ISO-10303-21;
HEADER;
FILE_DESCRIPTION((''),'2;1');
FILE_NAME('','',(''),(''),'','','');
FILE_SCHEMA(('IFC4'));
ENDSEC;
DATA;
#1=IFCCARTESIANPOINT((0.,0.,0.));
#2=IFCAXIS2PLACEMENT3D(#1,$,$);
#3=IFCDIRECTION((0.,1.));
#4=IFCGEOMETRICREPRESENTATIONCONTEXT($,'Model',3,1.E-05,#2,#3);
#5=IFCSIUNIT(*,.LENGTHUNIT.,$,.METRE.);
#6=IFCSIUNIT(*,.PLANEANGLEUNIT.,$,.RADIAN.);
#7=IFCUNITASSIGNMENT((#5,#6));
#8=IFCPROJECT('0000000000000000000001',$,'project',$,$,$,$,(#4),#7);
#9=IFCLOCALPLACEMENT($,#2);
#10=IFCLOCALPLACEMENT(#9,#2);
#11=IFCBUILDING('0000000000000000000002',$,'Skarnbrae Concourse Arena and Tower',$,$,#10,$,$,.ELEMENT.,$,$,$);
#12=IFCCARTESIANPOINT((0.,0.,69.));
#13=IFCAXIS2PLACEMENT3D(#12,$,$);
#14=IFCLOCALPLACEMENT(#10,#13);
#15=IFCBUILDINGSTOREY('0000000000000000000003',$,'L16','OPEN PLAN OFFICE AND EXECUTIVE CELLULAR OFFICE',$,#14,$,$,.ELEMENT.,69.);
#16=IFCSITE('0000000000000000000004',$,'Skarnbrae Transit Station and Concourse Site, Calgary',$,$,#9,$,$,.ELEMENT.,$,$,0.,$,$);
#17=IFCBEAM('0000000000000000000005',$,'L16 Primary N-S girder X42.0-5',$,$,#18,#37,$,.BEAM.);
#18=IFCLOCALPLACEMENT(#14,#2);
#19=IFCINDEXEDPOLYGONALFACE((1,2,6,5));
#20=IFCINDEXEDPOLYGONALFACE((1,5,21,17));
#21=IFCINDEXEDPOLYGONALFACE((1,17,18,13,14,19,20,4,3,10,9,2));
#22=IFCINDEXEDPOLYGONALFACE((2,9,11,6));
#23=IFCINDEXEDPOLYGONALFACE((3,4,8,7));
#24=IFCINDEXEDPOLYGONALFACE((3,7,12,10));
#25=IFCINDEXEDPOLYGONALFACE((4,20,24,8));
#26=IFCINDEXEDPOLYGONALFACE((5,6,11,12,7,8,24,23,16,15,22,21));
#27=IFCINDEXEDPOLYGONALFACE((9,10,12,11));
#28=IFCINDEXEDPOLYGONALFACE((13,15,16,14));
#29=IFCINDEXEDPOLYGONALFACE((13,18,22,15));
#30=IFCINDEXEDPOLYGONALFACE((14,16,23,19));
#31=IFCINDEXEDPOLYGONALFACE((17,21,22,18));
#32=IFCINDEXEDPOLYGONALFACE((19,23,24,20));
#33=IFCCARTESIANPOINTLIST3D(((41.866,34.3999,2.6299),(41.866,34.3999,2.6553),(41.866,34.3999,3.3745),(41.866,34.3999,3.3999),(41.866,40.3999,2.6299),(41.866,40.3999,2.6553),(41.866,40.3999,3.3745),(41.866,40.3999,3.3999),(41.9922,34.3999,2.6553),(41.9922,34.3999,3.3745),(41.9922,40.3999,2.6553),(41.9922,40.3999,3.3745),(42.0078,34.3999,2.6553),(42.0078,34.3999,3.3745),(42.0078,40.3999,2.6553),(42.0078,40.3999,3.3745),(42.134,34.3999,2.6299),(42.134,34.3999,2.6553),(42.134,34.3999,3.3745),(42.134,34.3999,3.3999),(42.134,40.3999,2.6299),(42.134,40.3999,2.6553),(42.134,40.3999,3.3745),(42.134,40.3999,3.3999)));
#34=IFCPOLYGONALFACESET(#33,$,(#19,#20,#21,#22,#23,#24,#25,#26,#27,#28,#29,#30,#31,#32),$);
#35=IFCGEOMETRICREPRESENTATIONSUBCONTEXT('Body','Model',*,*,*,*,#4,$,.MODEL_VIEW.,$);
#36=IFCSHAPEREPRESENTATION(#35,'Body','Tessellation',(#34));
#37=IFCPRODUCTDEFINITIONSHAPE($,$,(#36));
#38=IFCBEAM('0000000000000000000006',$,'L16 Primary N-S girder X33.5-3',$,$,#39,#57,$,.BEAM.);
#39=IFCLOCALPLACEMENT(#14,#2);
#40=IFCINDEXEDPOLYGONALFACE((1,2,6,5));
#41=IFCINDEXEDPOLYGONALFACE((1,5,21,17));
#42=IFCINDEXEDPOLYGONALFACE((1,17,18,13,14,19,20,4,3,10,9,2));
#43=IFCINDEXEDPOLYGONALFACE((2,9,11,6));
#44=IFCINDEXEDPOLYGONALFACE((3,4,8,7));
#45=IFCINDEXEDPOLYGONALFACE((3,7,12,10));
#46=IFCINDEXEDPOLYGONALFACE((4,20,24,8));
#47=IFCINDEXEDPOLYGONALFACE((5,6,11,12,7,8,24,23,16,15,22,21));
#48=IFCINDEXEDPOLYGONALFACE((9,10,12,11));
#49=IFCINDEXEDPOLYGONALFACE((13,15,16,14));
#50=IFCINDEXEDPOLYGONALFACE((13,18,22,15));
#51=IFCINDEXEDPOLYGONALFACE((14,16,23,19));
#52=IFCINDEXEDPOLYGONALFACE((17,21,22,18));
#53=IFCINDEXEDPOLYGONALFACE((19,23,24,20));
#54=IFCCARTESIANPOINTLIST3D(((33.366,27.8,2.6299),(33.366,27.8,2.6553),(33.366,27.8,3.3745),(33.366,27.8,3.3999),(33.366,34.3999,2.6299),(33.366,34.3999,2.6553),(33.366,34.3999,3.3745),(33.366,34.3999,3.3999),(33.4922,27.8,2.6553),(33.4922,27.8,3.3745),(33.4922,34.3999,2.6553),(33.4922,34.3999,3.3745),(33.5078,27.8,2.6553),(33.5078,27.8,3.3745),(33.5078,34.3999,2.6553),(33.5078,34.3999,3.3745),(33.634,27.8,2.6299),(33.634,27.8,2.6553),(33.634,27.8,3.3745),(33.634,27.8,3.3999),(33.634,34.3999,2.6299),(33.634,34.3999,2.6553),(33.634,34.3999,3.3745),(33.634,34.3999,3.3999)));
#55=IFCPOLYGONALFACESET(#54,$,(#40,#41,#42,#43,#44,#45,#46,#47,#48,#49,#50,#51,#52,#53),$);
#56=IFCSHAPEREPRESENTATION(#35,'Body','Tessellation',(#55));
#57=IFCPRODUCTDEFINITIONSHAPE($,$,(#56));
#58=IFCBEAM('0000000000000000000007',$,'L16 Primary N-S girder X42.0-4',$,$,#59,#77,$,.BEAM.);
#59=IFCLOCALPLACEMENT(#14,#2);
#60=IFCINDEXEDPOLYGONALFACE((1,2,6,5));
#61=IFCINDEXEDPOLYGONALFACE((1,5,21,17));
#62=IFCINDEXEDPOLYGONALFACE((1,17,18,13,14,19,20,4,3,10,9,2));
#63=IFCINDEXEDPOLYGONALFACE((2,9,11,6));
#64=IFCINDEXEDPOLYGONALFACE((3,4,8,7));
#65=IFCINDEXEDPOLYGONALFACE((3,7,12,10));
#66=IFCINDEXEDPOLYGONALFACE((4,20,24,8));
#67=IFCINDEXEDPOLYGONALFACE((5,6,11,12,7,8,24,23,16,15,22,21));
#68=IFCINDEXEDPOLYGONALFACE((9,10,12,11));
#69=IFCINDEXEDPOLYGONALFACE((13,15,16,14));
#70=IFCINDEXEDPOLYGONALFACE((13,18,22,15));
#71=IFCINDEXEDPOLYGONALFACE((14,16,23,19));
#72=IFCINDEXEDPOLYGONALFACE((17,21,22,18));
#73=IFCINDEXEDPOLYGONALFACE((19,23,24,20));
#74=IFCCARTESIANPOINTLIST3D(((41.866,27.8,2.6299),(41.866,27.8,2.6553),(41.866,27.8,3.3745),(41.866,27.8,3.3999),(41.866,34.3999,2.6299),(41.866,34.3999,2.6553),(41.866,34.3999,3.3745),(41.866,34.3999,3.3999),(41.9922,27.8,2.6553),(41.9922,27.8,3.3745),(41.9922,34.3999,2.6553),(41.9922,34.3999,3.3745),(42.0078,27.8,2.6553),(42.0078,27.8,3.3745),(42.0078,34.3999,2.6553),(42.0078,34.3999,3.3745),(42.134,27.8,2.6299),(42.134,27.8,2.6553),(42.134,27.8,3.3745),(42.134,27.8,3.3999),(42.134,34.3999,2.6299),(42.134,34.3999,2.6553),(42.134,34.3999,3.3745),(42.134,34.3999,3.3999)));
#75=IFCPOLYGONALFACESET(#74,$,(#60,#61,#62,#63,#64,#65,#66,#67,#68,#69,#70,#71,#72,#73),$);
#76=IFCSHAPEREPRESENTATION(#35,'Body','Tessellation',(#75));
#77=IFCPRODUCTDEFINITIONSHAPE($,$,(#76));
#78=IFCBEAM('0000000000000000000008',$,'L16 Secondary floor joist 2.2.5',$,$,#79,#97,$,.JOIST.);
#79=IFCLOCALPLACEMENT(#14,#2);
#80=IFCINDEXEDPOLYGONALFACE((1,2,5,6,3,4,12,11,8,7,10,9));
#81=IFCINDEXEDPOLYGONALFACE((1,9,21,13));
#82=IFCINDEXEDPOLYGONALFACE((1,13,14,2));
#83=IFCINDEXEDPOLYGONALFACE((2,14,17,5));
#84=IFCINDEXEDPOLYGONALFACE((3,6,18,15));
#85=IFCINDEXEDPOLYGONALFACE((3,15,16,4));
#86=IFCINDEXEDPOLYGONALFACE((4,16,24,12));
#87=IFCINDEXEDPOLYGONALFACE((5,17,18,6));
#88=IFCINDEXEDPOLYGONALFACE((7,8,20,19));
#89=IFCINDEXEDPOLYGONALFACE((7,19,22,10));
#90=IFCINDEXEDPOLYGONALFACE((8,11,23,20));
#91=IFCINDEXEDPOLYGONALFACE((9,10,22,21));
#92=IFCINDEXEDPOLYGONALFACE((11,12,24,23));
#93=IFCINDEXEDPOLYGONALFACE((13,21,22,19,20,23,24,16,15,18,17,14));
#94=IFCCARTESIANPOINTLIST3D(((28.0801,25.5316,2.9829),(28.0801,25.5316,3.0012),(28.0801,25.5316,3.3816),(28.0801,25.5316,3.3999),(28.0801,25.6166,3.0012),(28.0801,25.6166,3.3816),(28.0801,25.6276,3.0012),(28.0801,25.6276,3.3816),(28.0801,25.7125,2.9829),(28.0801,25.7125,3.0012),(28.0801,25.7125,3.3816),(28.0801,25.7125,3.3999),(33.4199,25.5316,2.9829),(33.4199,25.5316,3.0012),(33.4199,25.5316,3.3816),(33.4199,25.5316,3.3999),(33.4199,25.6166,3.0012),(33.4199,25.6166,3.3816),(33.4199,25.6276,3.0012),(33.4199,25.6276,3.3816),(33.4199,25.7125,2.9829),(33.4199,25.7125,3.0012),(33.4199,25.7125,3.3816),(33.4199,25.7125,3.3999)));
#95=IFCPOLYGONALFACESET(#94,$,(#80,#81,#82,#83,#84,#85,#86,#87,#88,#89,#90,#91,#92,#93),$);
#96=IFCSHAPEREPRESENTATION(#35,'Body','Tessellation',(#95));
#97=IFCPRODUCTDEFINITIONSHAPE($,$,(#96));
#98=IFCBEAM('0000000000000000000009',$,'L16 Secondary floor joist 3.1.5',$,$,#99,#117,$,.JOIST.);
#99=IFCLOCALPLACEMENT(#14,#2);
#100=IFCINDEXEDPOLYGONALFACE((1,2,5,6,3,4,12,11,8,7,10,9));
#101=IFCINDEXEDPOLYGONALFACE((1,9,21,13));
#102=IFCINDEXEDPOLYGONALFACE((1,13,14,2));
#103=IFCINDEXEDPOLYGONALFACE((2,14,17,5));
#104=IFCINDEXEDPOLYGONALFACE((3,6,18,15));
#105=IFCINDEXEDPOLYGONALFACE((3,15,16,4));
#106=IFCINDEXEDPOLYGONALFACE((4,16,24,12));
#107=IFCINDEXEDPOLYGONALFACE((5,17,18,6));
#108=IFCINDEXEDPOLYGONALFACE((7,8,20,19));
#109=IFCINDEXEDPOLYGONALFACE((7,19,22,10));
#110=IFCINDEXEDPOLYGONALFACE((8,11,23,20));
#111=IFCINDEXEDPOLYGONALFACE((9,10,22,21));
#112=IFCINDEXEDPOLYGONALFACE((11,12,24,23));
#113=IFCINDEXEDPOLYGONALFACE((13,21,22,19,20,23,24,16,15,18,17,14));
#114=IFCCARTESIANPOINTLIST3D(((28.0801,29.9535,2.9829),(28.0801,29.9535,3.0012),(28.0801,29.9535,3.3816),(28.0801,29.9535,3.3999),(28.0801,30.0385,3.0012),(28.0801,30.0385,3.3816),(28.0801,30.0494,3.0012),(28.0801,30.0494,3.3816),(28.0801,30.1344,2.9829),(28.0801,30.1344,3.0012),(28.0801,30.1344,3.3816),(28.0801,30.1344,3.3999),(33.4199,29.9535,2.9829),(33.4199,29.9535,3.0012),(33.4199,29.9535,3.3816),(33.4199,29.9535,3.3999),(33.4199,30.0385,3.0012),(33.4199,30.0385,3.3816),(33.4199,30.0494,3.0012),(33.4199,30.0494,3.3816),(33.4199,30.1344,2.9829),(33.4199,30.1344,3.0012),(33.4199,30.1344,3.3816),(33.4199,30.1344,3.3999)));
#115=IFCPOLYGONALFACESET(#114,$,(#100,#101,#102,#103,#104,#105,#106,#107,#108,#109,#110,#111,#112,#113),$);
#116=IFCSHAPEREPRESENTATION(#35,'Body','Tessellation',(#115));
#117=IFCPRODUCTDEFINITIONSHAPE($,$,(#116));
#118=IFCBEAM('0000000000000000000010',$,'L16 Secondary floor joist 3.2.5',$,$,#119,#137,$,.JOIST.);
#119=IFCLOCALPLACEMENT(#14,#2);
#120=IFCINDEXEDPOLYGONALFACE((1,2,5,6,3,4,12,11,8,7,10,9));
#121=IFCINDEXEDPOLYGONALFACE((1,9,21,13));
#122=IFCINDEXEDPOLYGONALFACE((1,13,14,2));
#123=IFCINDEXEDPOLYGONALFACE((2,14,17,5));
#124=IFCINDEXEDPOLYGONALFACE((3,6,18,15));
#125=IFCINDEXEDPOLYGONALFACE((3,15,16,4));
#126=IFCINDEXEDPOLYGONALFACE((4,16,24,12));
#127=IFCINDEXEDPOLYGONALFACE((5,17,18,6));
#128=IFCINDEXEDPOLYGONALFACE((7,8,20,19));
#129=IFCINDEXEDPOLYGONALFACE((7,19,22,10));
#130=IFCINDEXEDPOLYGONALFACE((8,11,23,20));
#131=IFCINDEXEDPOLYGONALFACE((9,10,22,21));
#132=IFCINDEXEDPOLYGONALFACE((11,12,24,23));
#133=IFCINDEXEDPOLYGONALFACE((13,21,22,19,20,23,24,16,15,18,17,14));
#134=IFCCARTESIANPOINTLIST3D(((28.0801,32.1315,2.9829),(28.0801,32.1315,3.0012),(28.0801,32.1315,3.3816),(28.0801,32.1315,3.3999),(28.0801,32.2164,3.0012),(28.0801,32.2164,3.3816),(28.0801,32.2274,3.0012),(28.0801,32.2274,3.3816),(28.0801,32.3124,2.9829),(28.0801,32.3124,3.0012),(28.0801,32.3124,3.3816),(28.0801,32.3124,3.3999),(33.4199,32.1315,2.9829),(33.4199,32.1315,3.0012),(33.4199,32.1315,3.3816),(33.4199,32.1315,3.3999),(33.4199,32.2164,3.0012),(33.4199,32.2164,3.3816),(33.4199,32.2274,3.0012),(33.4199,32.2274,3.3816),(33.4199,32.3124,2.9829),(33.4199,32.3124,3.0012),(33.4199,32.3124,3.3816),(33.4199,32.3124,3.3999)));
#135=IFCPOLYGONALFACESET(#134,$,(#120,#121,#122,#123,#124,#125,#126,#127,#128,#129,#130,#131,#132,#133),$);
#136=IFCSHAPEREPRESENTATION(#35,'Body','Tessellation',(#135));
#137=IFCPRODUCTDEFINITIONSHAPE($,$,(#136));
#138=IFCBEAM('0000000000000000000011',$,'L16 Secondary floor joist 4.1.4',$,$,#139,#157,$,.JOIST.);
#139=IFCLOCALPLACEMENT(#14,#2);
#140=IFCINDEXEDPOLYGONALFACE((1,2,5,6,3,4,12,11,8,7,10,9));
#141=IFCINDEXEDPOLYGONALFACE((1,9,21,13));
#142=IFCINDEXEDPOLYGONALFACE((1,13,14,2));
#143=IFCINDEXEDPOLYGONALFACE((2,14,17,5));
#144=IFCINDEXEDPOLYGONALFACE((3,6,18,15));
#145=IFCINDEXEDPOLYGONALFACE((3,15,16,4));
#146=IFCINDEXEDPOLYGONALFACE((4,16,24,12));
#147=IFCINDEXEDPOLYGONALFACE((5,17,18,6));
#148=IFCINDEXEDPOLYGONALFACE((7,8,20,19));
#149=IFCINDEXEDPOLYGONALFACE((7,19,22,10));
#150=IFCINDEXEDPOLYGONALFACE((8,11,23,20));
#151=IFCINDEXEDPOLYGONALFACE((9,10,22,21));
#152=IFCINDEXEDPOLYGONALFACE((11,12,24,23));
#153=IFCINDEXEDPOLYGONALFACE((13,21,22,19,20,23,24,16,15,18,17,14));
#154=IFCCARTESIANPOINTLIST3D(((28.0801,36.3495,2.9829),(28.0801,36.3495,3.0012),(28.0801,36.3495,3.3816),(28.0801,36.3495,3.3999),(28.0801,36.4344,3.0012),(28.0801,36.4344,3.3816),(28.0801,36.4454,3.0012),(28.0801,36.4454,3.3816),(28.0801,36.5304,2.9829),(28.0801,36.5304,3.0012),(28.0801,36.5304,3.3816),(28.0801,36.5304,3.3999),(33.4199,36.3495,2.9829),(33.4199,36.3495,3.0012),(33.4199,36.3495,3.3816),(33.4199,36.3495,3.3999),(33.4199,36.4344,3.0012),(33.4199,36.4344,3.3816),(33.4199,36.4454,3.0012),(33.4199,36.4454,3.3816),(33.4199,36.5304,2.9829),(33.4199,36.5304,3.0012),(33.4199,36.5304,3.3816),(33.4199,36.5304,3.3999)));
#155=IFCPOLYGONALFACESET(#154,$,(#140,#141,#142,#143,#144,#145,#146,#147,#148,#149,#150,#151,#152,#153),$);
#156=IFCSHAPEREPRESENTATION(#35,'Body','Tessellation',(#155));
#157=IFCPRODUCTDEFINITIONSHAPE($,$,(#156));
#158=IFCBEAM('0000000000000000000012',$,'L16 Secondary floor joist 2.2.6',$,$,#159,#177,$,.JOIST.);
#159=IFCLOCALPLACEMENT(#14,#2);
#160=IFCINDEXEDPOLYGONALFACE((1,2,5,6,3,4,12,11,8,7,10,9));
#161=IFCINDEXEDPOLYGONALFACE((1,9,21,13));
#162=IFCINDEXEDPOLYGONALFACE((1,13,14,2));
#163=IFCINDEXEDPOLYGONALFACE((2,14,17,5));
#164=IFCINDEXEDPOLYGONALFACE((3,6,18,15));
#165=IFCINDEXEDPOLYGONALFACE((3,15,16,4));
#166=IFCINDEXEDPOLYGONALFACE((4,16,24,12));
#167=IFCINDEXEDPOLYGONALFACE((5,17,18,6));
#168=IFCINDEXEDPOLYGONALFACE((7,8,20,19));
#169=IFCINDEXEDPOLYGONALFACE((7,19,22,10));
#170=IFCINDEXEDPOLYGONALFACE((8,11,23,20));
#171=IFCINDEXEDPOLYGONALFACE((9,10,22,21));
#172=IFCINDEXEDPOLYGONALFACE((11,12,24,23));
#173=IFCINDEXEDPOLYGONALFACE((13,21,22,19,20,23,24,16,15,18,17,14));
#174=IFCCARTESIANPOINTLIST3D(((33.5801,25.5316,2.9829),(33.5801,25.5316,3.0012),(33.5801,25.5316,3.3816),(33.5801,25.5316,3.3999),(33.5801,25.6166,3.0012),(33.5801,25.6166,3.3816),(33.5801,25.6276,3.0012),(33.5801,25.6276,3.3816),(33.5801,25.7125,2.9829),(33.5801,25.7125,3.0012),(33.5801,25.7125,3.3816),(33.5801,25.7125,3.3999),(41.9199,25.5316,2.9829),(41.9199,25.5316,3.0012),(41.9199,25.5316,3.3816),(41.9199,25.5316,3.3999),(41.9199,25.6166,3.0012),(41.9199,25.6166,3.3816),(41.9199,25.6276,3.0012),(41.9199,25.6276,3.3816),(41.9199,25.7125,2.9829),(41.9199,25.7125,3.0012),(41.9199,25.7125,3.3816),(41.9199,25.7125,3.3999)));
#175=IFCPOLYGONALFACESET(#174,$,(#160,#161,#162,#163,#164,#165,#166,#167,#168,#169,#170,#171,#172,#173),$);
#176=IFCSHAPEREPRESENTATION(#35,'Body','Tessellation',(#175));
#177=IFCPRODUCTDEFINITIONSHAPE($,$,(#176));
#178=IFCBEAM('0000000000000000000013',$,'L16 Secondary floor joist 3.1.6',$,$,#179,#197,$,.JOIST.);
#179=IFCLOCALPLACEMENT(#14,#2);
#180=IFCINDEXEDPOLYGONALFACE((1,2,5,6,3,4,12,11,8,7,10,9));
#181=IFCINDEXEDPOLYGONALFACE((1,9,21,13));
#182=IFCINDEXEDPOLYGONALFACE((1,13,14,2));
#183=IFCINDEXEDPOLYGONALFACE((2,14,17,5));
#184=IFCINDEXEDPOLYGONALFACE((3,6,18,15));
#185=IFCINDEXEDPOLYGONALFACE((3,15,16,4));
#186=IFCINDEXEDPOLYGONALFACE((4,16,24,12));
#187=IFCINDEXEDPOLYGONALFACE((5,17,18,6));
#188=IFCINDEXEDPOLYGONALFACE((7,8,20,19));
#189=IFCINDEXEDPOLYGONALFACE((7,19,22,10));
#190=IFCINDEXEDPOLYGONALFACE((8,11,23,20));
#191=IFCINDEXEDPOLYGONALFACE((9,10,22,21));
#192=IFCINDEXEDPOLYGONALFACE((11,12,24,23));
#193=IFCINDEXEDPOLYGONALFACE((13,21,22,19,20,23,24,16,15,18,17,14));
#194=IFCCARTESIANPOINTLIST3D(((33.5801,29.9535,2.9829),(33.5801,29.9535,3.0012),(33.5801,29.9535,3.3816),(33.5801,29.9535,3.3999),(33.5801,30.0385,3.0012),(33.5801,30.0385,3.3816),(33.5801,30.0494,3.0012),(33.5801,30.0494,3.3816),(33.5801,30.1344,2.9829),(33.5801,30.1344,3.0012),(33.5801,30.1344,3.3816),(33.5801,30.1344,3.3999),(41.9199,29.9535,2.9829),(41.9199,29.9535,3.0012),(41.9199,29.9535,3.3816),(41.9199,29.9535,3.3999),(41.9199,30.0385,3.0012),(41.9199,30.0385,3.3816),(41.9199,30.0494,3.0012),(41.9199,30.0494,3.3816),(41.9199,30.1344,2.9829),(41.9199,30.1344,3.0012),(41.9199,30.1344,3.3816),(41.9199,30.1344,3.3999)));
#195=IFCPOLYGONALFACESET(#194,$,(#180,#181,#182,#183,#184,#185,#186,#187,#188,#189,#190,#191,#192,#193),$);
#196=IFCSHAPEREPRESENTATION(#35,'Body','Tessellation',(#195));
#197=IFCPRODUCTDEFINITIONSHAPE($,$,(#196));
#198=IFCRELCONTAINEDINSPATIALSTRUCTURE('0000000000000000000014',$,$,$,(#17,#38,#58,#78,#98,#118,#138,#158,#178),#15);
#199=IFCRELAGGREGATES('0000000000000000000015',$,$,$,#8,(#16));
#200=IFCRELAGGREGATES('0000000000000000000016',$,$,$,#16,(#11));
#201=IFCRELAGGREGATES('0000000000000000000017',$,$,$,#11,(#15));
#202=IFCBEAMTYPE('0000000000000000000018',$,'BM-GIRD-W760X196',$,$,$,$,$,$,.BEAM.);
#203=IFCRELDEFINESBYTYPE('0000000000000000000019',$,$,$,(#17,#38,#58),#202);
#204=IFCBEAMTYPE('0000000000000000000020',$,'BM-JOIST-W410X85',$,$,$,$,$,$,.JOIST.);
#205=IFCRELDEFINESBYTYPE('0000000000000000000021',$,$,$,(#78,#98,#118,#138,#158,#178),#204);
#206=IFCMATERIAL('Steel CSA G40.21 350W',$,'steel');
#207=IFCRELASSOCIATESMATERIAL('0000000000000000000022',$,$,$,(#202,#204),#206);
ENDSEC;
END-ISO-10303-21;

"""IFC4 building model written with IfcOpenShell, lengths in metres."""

from ifc_helpers import new_model, si_unit, direction, frame, origin, origin_2d, place, context, subcontext, project, spatial, i_section, extrude, source, transform, mapped, material, material_profile, profile_set, type_object, element, save


model = new_model("IFC4")

# Units and contexts
model_context = context("Model", 3, precision=1e-05, world=origin(), true_north=direction((0.0, 1.0)))
body_context = subcontext(model_context, "Body", "Model", "MODEL_VIEW")
ifc_project = project(units=[si_unit("LENGTHUNIT", "METRE"), si_unit("PLANEANGLEUNIT", "RADIAN")], contexts=[model_context])

# Site, building, storey
site_placement = place(None, origin())
site = spatial("IfcSite", under=ifc_project, at=site_placement, Name="Skarnbrae Transit Station and Concourse Site, Calgary", CompositionType="ELEMENT", RefElevation=0.0)
building_placement = place(site_placement, origin())
building = spatial("IfcBuilding", under=site, at=building_placement, Name="Skarnbrae Concourse Arena and Tower", CompositionType="ELEMENT")
storey_placement = place(building_placement, frame((0.0, 0.0, 69.0)))
storey = spatial("IfcBuildingStorey", under=building, at=storey_placement, Name="L16", Description="OPEN PLAN OFFICE AND EXECUTIVE CELLULAR OFFICE", CompositionType="ELEMENT", Elevation=69.0)

# Shared definitions
ifc_material_1 = material(Name="Steel CSA G40.21 350W", Category="steel")

# Beams
ifc_material_profile_1 = material_profile(ifc_material_1, i_section(OverallWidth=0.2681, OverallDepth=0.77, WebThickness=0.0156, FlangeThickness=0.0254, at=origin_2d()), Name="W760X196")
ifc_profile_set_1 = profile_set([ifc_material_profile_1], Name="Steel CSA G40.21 350W")
beam_type_1 = type_object("IfcBeamType", Name="BM-GIRD-W760X196", PredefinedType="BEAM", material=ifc_profile_set_1)
shared_shape_1 = source(origin(), body_context, "Body", "SweptSolid", [
    extrude(i_section(OverallWidth=0.2681, OverallDepth=0.77, WebThickness=0.0156, FlangeThickness=0.0254, at=origin_2d()), origin(), (0.0, 0.0, 1.0), 6.0),
])
for number, where, z_axis, x_axis, name in (
    (1, (42.0, 34.3999, 3.0149), (0.0, 1.0, 0.0), (-1.0, 0.0, 0.0), "L16 Primary N-S girder X42.0-5"),
):
    element("IfcBeam", number, at=place(storey_placement, frame(where, z_axis=z_axis, x_axis=x_axis)), inside=storey, type_object=beam_type_1, Name=name, PredefinedType="BEAM", context=body_context, shape_type="MappedRepresentation", body=[
        mapped(shared_shape_1, transform((0.0, 0.0, 0.0))),
    ])
shared_shape_2 = source(origin(), body_context, "Body", "SweptSolid", [
    extrude(i_section(OverallWidth=0.2681, OverallDepth=0.77, WebThickness=0.0156, FlangeThickness=0.0254, at=origin_2d()), origin(), (0.0, 0.0, 1.0), 6.5999),
])
for number, where, z_axis, x_axis, name in (
    (2, (33.5, 27.8, 3.0149), (0.0, 1.0, 0.0), (-1.0, 0.0, 0.0), "L16 Primary N-S girder X33.5-3"),
    (3, (42.0, 27.8, 3.0149), (0.0, 1.0, 0.0), (-1.0, 0.0, 0.0), "L16 Primary N-S girder X42.0-4"),
):
    element("IfcBeam", number, at=place(storey_placement, frame(where, z_axis=z_axis, x_axis=x_axis)), inside=storey, type_object=beam_type_1, Name=name, PredefinedType="BEAM", context=body_context, shape_type="MappedRepresentation", body=[
        mapped(shared_shape_2, transform((0.0, 0.0, 0.0))),
    ])
ifc_material_profile_2 = material_profile(ifc_material_1, i_section(OverallWidth=0.1809, OverallDepth=0.417, WebThickness=0.011, FlangeThickness=0.0183, at=origin_2d()), Name="W410X85")
ifc_profile_set_2 = profile_set([ifc_material_profile_2], Name="Steel CSA G40.21 350W")
beam_type_2 = type_object("IfcBeamType", Name="BM-JOIST-W410X85", PredefinedType="JOIST", material=ifc_profile_set_2)
shared_shape_3 = source(origin(), body_context, "Body", "SweptSolid", [
    extrude(i_section(OverallWidth=0.1809, OverallDepth=0.417, WebThickness=0.011, FlangeThickness=0.0183, at=origin_2d()), origin(), (0.0, 0.0, 1.0), 5.3398),
])
for number, where, z_axis, x_axis, name in (
    (4, (28.0801, 25.6221, 3.1914), (1.0, 0.0, 0.0), (0.0, 1.0, 0.0), "L16 Secondary floor joist 2.2.5"),
    (5, (28.0801, 30.0439, 3.1914), (1.0, 0.0, 0.0), (0.0, 1.0, 0.0), "L16 Secondary floor joist 3.1.5"),
    (6, (28.0801, 32.2219, 3.1914), (1.0, 0.0, 0.0), (0.0, 1.0, 0.0), "L16 Secondary floor joist 3.2.5"),
    (7, (28.0801, 36.4399, 3.1914), (1.0, 0.0, 0.0), (0.0, 1.0, 0.0), "L16 Secondary floor joist 4.1.4"),
):
    element("IfcBeam", number, at=place(storey_placement, frame(where, z_axis=z_axis, x_axis=x_axis)), inside=storey, type_object=beam_type_2, Name=name, PredefinedType="JOIST", context=body_context, shape_type="MappedRepresentation", body=[
        mapped(shared_shape_3, transform((0.0, 0.0, 0.0))),
    ])
shared_shape_4 = source(origin(), body_context, "Body", "SweptSolid", [
    extrude(i_section(OverallWidth=0.1809, OverallDepth=0.417, WebThickness=0.011, FlangeThickness=0.0183, at=origin_2d()), origin(), (0.0, 0.0, 1.0), 8.3398),
])
for number, where, z_axis, x_axis, name in (
    (8, (33.5801, 25.6221, 3.1914), (1.0, 0.0, 0.0), (0.0, 1.0, 0.0), "L16 Secondary floor joist 2.2.6"),
    (9, (33.5801, 30.0439, 3.1914), (1.0, 0.0, 0.0), (0.0, 1.0, 0.0), "L16 Secondary floor joist 3.1.6"),
):
    element("IfcBeam", number, at=place(storey_placement, frame(where, z_axis=z_axis, x_axis=x_axis)), inside=storey, type_object=beam_type_2, Name=name, PredefinedType="JOIST", context=body_context, shape_type="MappedRepresentation", body=[
        mapped(shared_shape_4, transform((0.0, 0.0, 0.0))),
    ])

save(model, "model.ifc")
